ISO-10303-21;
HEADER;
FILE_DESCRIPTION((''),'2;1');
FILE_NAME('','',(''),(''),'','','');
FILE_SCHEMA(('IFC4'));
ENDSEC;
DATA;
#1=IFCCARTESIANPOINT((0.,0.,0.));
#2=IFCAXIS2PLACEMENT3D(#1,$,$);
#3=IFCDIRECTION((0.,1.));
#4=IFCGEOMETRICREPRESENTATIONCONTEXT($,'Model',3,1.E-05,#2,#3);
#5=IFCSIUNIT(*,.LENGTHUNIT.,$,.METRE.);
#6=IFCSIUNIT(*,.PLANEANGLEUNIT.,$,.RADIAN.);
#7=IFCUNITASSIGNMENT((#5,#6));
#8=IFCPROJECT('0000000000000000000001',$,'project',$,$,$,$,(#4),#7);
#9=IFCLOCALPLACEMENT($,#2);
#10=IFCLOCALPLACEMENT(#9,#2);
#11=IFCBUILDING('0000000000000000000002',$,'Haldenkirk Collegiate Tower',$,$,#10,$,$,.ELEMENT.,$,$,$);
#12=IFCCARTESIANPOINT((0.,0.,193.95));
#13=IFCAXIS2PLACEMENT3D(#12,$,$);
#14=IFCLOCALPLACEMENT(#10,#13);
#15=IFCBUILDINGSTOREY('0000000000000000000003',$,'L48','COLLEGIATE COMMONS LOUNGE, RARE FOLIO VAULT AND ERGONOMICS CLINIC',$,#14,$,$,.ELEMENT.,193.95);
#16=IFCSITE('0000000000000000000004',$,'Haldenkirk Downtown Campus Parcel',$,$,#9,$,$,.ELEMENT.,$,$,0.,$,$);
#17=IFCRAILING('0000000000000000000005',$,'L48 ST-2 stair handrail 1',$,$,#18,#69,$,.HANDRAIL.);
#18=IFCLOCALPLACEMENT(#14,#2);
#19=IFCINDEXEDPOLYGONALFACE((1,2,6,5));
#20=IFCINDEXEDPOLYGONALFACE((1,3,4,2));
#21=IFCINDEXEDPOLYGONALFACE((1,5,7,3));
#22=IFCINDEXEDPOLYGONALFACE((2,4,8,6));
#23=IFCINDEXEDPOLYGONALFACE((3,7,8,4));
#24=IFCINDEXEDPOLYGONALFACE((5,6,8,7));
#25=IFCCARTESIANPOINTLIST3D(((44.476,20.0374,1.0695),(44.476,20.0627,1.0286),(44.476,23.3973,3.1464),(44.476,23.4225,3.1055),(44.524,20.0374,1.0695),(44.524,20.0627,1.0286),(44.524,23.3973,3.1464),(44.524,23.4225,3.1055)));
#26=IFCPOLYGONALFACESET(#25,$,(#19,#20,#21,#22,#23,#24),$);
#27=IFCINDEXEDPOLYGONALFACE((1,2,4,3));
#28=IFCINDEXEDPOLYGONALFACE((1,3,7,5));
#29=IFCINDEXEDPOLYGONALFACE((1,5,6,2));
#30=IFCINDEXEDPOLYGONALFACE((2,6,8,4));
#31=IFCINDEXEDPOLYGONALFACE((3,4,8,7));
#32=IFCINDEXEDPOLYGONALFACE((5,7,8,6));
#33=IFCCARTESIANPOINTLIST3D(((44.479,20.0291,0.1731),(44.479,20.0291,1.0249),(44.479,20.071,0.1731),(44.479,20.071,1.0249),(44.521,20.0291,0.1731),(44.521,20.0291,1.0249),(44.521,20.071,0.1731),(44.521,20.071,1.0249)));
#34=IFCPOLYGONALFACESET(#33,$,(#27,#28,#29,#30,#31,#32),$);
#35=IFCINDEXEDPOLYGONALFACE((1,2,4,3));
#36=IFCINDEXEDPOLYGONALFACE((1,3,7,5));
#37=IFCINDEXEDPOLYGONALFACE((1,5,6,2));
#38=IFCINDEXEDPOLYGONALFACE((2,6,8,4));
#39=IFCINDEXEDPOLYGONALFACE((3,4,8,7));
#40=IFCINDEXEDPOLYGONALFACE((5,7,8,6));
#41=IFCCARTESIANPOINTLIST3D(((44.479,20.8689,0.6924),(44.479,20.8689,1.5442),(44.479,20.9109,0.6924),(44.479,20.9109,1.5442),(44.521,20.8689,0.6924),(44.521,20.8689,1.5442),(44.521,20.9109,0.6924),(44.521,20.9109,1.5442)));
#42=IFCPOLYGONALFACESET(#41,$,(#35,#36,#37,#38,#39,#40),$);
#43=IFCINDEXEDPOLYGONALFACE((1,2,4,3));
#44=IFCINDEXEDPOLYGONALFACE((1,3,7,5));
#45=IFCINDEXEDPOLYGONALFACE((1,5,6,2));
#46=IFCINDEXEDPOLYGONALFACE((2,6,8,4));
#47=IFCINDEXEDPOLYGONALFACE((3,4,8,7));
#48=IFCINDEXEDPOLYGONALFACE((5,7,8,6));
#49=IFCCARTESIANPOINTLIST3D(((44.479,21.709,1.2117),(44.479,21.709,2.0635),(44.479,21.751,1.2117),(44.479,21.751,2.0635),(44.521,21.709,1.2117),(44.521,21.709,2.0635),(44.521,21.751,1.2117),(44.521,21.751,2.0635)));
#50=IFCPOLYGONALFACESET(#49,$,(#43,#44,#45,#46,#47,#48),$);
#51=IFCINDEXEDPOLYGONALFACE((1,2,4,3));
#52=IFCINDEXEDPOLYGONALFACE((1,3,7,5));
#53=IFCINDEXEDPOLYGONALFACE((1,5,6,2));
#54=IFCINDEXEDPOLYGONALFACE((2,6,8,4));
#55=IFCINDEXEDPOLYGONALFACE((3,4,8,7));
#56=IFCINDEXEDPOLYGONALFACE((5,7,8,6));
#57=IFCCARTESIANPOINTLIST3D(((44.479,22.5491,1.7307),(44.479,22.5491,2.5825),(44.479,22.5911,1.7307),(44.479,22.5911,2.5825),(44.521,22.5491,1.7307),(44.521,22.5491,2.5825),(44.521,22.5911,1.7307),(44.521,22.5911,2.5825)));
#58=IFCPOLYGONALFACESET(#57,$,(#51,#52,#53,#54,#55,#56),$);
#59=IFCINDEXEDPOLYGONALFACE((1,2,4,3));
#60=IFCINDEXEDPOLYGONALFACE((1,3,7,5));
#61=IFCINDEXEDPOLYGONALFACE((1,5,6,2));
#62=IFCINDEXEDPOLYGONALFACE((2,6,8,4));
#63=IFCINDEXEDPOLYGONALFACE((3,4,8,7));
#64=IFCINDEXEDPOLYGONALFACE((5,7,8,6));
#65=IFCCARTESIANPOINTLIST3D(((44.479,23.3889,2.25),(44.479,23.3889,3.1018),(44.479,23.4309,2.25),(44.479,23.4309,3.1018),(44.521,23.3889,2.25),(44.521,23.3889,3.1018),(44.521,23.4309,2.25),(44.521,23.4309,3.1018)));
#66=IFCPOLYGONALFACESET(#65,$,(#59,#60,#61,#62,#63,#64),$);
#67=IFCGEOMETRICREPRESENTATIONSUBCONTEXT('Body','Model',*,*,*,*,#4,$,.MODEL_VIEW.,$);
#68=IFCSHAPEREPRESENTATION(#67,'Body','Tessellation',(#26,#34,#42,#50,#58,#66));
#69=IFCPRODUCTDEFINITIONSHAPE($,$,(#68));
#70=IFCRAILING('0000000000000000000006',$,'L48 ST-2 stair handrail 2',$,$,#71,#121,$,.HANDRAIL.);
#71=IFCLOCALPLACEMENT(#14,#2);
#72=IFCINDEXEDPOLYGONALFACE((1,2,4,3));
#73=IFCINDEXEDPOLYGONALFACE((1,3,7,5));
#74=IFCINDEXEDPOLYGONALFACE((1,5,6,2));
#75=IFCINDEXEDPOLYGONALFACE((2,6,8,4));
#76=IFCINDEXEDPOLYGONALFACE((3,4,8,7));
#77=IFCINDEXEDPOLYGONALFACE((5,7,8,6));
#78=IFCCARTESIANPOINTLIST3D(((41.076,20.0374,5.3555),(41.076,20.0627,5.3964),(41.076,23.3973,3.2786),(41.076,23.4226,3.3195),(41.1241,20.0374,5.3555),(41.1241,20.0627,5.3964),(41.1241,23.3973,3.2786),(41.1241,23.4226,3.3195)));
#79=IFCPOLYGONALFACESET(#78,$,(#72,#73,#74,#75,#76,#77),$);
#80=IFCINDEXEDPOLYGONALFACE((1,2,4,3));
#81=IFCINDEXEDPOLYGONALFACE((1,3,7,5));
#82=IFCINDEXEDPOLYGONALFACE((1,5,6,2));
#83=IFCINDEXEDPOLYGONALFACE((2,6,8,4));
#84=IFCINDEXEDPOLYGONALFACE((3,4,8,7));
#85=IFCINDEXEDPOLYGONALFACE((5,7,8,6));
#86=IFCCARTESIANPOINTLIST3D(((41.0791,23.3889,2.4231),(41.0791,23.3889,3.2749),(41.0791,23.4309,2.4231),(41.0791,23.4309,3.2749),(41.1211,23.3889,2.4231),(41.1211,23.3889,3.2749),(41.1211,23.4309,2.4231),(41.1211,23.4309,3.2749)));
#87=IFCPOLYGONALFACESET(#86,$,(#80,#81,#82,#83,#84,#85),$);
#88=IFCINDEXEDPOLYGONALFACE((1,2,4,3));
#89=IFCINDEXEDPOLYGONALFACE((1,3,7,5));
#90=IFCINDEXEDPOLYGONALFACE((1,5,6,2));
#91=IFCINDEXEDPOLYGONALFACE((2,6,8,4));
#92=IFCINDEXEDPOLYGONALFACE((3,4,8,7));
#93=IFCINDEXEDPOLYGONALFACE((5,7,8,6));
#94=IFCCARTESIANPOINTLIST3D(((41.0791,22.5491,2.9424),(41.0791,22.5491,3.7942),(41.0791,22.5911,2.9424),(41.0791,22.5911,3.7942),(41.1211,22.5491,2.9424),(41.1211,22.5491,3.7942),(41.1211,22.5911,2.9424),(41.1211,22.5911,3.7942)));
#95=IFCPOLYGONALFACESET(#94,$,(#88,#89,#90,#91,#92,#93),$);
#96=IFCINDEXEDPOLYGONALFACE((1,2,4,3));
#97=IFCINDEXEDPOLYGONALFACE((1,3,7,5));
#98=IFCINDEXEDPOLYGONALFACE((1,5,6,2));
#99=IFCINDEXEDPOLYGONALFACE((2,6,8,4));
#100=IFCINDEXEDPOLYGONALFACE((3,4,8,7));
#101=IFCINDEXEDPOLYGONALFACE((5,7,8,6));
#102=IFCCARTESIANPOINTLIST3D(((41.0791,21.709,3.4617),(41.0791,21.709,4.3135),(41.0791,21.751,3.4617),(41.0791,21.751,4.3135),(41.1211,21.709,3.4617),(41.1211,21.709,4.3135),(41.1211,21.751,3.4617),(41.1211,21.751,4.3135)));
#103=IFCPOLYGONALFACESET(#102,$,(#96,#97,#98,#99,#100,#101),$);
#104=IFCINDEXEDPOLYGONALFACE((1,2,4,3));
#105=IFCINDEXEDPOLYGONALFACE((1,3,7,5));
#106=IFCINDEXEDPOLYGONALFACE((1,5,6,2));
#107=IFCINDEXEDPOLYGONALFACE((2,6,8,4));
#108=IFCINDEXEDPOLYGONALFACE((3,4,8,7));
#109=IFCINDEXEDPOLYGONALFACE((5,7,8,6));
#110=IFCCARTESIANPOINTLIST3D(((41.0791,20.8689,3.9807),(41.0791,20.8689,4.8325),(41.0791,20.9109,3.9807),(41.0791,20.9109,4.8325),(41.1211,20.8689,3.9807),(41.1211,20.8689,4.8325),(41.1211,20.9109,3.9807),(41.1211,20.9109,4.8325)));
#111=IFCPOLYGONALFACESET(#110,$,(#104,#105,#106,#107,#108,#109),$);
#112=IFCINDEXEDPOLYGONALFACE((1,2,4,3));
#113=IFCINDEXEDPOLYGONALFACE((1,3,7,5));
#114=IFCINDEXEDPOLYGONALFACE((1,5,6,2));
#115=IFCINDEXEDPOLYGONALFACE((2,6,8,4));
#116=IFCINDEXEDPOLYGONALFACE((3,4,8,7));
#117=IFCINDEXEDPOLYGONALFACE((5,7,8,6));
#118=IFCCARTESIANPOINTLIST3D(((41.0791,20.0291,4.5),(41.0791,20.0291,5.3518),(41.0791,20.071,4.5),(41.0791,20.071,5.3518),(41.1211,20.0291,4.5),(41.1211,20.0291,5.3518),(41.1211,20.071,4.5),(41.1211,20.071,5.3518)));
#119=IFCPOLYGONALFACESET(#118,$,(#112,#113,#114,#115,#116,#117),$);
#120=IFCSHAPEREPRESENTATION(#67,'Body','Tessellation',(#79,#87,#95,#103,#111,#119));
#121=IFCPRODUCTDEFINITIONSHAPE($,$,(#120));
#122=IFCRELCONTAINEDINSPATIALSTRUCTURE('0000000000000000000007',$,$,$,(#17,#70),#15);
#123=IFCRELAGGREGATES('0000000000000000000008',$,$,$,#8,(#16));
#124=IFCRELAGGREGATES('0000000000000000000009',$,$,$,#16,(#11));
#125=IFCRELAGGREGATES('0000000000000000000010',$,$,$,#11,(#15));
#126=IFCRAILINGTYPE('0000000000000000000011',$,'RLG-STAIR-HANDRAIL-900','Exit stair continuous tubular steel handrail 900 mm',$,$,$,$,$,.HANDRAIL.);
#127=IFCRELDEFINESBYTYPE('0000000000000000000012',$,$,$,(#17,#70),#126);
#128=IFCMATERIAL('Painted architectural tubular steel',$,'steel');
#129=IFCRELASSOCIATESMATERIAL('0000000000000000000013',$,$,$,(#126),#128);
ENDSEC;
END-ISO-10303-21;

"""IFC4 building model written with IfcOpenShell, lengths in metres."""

from ifc_helpers import new_model, si_unit, direction, frame, origin, origin_2d, place, context, subcontext, project, spatial, rectangle, extrude, material, type_object, element, save


model = new_model("IFC4")

# Units and contexts
model_context = context("Model", 3, precision=1e-05, world=origin(), true_north=direction((0.0, 1.0)))
body_context = subcontext(model_context, "Body", "Model", "MODEL_VIEW")
ifc_project = project(units=[si_unit("LENGTHUNIT", "METRE"), si_unit("PLANEANGLEUNIT", "RADIAN")], contexts=[model_context])

# Site, building, storey
site_placement = place(None, origin())
site = spatial("IfcSite", under=ifc_project, at=site_placement, Name="Haldenkirk Downtown Campus Parcel", CompositionType="ELEMENT", RefElevation=0.0)
building_placement = place(site_placement, origin())
building = spatial("IfcBuilding", under=site, at=building_placement, Name="Haldenkirk Collegiate Tower", CompositionType="ELEMENT")
storey_placement = place(building_placement, frame((0.0, 0.0, 193.95)))
storey = spatial("IfcBuildingStorey", under=building, at=storey_placement, Name="L48", Description="COLLEGIATE COMMONS LOUNGE, RARE FOLIO VAULT AND ERGONOMICS CLINIC", CompositionType="ELEMENT", Elevation=193.95)

# Railings
ifc_material_1 = material(Name="Painted architectural tubular steel", Category="steel")
railing_type_1 = type_object("IfcRailingType", Name="RLG-STAIR-HANDRAIL-900", Description="Exit stair continuous tubular steel handrail 900 mm", PredefinedType="HANDRAIL", material=ifc_material_1)
railing_1_placement = place(storey_placement, frame((44.5, 20.05, 0.1731)))
element("IfcRailing", 1, at=railing_1_placement, inside=storey, type_object=railing_type_1, Name="L48 ST-2 stair handrail 1", PredefinedType="HANDRAIL", context=body_context, shape_type="SweptSolid", body=[
    extrude(rectangle(XDim=0.0481, YDim=0.0481, at=origin_2d()), frame((0.0, 0.0, 0.876), z_axis=(0.0, 0.850606, 0.525803), x_axis=(-1.0, 0.0, 0.0)), (0.0, 0.0, 1.0), 3.95),
    extrude(rectangle(XDim=0.042, YDim=0.042, at=origin_2d()), origin(), (0.0, 0.0, 1.0), 0.8518),
    extrude(rectangle(XDim=0.042, YDim=0.042, at=origin_2d()), frame((0.0, 0.8398, 0.5193)), (0.0, 0.0, 1.0), 0.8518),
    extrude(rectangle(XDim=0.042, YDim=0.042, at=origin_2d()), frame((0.0, 1.6799, 1.0386)), (0.0, 0.0, 1.0), 0.8518),
    extrude(rectangle(XDim=0.042, YDim=0.042, at=origin_2d()), frame((0.0, 2.52, 1.5576)), (0.0, 0.0, 1.0), 0.8518),
    extrude(rectangle(XDim=0.042, YDim=0.042, at=origin_2d()), frame((0.0, 3.3599, 2.0769)), (0.0, 0.0, 1.0), 0.8518),
])
railing_2_placement = place(storey_placement, frame((41.1001, 23.4099, 2.4231)))
element("IfcRailing", 2, at=railing_2_placement, inside=storey, type_object=railing_type_1, Name="L48 ST-2 stair handrail 2", PredefinedType="HANDRAIL", context=body_context, shape_type="SweptSolid", body=[
    extrude(rectangle(XDim=0.0481, YDim=0.0481, at=origin_2d()), frame((0.0, 0.0, 0.876), z_axis=(0.0, -0.850606, 0.525803), x_axis=(1.0, 0.0, 0.0)), (0.0, 0.0, 1.0), 3.95),
    extrude(rectangle(XDim=0.042, YDim=0.042, at=origin_2d()), origin(), (0.0, 0.0, 1.0), 0.8518),
    extrude(rectangle(XDim=0.042, YDim=0.042, at=origin_2d()), frame((0.0, -0.8398, 0.5193)), (0.0, 0.0, 1.0), 0.8518),
    extrude(rectangle(XDim=0.042, YDim=0.042, at=origin_2d()), frame((0.0, -1.6799, 1.0386)), (0.0, 0.0, 1.0), 0.8518),
    extrude(rectangle(XDim=0.042, YDim=0.042, at=origin_2d()), frame((0.0, -2.52, 1.5576)), (0.0, 0.0, 1.0), 0.8518),
    extrude(rectangle(XDim=0.042, YDim=0.042, at=origin_2d()), frame((0.0, -3.3599, 2.0769)), (0.0, 0.0, 1.0), 0.8518),
])

save(model, "model.ifc")
